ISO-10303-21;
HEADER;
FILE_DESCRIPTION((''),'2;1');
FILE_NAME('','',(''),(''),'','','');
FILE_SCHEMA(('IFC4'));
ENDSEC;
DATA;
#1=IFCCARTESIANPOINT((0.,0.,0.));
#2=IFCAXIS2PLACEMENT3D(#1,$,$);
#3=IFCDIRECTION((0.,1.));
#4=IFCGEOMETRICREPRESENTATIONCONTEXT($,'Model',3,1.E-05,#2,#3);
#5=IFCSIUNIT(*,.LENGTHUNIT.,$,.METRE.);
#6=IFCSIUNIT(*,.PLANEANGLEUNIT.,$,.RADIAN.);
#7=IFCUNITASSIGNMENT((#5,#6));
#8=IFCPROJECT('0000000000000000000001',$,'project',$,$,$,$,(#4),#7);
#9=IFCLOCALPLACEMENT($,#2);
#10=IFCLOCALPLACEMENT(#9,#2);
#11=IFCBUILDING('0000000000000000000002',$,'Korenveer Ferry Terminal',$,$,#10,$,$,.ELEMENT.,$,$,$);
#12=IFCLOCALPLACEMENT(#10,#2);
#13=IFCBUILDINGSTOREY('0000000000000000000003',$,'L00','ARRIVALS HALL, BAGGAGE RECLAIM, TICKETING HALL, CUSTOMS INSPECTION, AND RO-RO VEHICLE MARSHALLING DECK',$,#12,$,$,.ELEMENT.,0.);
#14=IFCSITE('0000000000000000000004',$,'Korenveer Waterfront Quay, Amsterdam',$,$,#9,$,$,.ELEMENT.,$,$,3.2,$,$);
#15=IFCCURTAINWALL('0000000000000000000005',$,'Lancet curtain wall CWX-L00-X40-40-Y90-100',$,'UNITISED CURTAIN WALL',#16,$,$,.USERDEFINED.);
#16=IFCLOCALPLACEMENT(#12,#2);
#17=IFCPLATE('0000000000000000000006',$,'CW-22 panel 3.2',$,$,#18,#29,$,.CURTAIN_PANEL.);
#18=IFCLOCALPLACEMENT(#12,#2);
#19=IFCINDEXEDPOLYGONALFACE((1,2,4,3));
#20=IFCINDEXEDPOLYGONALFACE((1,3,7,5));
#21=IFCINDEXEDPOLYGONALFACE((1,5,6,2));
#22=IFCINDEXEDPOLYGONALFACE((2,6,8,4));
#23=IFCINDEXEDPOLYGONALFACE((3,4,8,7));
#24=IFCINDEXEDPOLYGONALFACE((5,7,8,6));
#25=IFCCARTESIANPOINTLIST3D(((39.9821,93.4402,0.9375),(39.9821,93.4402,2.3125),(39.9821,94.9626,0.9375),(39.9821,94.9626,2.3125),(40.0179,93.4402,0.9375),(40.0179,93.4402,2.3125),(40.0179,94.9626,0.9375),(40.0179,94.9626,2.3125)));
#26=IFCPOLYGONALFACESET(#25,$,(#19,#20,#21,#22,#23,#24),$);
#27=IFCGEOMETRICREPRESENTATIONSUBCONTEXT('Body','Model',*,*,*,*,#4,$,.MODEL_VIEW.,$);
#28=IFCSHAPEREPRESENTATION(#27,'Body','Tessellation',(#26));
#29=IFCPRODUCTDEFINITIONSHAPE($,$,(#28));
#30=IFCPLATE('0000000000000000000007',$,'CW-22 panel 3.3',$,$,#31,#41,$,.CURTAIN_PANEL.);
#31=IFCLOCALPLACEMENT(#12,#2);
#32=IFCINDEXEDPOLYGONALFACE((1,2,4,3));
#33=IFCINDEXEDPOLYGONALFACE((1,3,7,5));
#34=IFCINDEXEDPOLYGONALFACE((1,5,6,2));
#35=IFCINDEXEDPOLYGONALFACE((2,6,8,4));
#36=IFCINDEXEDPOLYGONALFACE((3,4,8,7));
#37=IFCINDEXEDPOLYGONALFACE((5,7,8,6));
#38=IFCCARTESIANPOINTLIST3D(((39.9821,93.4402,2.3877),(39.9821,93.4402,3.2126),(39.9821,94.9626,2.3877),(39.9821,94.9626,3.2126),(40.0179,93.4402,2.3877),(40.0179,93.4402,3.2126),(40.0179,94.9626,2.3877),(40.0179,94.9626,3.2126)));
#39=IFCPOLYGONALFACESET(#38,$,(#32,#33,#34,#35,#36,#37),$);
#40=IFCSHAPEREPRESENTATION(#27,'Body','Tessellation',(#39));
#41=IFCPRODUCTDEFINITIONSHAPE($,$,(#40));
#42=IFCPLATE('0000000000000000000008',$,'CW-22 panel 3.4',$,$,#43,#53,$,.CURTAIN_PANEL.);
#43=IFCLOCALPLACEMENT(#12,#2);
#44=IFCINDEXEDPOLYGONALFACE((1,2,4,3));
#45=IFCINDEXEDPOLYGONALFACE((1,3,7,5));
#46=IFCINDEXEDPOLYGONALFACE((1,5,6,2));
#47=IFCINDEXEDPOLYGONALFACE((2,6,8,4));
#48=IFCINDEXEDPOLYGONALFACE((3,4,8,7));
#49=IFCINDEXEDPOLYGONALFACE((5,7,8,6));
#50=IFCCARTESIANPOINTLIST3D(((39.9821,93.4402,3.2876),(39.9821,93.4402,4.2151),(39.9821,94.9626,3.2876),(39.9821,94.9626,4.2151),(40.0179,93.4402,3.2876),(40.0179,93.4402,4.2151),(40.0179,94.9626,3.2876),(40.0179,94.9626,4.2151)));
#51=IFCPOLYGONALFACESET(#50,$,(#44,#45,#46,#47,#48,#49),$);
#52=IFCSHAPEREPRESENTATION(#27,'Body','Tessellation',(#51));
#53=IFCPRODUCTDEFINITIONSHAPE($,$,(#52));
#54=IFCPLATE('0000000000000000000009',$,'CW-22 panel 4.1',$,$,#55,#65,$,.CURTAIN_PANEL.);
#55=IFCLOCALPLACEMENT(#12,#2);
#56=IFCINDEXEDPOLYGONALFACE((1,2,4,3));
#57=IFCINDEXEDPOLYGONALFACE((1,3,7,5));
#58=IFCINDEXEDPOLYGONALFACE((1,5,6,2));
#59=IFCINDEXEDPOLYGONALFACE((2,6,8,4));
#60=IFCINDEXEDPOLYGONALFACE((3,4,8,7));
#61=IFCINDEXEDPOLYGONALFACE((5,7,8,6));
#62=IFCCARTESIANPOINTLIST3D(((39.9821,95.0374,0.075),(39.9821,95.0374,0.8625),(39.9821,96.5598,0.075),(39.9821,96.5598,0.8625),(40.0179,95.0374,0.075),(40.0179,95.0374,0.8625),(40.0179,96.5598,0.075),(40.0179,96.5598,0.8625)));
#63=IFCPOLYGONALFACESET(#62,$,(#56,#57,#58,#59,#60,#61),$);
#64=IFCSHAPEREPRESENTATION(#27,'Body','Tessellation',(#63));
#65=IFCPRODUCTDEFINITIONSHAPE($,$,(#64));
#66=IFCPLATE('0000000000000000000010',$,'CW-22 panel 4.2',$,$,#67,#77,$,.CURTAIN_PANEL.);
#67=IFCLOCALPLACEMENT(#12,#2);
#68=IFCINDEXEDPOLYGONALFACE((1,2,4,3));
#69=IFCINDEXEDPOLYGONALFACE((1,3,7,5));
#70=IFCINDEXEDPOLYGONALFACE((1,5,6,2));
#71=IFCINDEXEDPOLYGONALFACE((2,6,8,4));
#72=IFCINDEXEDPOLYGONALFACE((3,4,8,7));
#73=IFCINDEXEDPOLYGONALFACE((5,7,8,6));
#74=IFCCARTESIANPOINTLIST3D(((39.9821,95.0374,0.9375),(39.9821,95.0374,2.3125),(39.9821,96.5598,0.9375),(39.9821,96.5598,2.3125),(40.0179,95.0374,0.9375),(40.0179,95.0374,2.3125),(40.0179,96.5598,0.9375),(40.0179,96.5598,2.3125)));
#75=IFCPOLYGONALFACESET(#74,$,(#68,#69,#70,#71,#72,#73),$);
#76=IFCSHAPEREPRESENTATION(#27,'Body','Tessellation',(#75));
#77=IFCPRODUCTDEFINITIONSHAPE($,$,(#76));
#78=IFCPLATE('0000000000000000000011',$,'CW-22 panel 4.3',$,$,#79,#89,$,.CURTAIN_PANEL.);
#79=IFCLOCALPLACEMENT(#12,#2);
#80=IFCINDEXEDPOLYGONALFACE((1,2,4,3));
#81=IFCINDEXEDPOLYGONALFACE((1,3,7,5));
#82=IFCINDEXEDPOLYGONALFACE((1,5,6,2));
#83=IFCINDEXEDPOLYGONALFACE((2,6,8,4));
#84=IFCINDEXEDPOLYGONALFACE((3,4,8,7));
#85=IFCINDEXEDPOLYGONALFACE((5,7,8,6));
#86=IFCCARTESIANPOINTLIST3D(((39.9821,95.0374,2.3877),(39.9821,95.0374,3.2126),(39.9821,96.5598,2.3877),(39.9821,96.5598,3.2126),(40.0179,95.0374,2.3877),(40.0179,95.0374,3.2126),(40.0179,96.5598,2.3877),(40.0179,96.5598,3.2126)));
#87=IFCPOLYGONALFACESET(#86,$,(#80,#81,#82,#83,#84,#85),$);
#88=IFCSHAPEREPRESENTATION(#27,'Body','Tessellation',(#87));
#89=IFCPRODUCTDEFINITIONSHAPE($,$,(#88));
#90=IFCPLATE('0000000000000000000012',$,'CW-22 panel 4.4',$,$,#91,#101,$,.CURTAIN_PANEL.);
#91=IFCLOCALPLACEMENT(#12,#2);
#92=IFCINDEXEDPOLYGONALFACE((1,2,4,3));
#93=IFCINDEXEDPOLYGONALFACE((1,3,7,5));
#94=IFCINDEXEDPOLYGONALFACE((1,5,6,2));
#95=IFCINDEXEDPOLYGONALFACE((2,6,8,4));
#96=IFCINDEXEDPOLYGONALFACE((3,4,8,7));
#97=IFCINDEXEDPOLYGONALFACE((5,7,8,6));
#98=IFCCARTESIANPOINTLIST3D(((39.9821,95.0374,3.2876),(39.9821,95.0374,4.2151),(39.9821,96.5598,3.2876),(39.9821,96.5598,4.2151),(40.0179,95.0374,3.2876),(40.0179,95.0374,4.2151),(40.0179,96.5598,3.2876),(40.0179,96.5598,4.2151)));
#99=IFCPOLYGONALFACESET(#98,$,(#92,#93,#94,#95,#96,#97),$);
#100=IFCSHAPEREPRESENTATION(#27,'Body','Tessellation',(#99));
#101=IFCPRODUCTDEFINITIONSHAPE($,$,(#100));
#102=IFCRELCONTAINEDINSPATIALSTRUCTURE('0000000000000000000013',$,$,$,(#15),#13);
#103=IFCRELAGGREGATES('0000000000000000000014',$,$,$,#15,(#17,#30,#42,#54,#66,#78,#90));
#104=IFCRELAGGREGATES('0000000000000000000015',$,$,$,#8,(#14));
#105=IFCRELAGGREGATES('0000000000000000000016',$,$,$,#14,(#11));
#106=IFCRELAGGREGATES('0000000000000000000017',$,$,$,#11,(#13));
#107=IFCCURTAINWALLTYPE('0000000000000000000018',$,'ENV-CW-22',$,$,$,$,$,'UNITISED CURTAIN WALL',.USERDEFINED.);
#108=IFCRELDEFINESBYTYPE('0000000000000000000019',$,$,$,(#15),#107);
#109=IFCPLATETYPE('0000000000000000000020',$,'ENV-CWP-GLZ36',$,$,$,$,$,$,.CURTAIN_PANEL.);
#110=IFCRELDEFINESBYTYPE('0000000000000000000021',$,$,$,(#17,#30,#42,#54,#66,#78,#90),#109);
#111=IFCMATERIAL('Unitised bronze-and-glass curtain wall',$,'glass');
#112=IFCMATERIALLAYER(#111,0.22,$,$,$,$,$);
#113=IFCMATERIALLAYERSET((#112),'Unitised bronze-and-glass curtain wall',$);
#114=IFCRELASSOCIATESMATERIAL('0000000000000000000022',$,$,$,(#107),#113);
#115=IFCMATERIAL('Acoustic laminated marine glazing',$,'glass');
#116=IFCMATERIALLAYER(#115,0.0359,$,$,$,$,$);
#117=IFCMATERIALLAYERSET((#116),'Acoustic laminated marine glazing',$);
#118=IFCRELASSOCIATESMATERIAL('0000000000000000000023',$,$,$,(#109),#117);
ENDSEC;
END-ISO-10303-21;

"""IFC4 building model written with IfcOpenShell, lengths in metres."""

from ifc_helpers import new_model, si_unit, direction, frame, origin, origin_2d, place, context, subcontext, project, spatial, rectangle, extrude, material, layer, layer_set, type_object, element, aggregate, save


model = new_model("IFC4")

# Units and contexts
model_context = context("Model", 3, precision=1e-05, world=origin(), true_north=direction((0.0, 1.0)))
body_context = subcontext(model_context, "Body", "Model", "MODEL_VIEW")
ifc_project = project(units=[si_unit("LENGTHUNIT", "METRE"), si_unit("PLANEANGLEUNIT", "RADIAN")], contexts=[model_context])

# Site, building, storey
site_placement = place(None, origin())
site = spatial("IfcSite", under=ifc_project, at=site_placement, Name="Korenveer Waterfront Quay, Amsterdam", CompositionType="ELEMENT", RefElevation=3.2)
building_placement = place(site_placement, origin())
building = spatial("IfcBuilding", under=site, at=building_placement, Name="Korenveer Ferry Terminal", CompositionType="ELEMENT")
storey_placement = place(building_placement, origin())
storey = spatial("IfcBuildingStorey", under=building, at=storey_placement, Name="L00", Description="ARRIVALS HALL, BAGGAGE RECLAIM, TICKETING HALL, CUSTOMS INSPECTION, AND RO-RO VEHICLE MARSHALLING DECK", CompositionType="ELEMENT", Elevation=0.0)

# Curtain wall, plates
ifc_material_1 = material(Name="Unitised bronze-and-glass curtain wall", Category="glass")
ifc_layer_1 = layer(ifc_material_1, 0.22)
ifc_layer_set_1 = layer_set([ifc_layer_1], Name="Unitised bronze-and-glass curtain wall")
curtain_wall_type = type_object("IfcCurtainWallType", Name="ENV-CW-22", ElementType="UNITISED CURTAIN WALL", PredefinedType="USERDEFINED", material=ifc_layer_set_1)
curtain_wall_placement = place(storey_placement, frame((40.0, 90.2078, 0.0)))
curtain_wall = element("IfcCurtainWall", 1, at=curtain_wall_placement, inside=storey, type_object=curtain_wall_type, Name="Lancet curtain wall CWX-L00-X40-40-Y90-100", ObjectType="UNITISED CURTAIN WALL", PredefinedType="USERDEFINED")
ifc_material_2 = material(Name="Acoustic laminated marine glazing", Category="glass")
ifc_layer_2 = layer(ifc_material_2, 0.0359)
ifc_layer_set_2 = layer_set([ifc_layer_2], Name="Acoustic laminated marine glazing")
plate_type = type_object("IfcPlateType", Name="ENV-CWP-GLZ36", PredefinedType="CURTAIN_PANEL", material=ifc_layer_set_2)
plate_1_placement = place(storey_placement, frame((40.0, 94.2014, 0.9375), z_axis=(0.0, 0.0, 1.0), x_axis=(0.0, 1.0, 0.0)))
plate_1 = element("IfcPlate", 2, at=plate_1_placement, type_object=plate_type, Name="CW-22 panel 3.2", PredefinedType="CURTAIN_PANEL", context=body_context, shape_type="SweptSolid", body=[
    extrude(rectangle(XDim=1.5225, YDim=0.0359, at=origin_2d()), origin(), (0.0, 0.0, 1.0), 1.375),
])
plate_2_placement = place(storey_placement, frame((40.0, 94.2014, 2.3877), z_axis=(0.0, 0.0, 1.0), x_axis=(0.0, 1.0, 0.0)))
plate_2 = element("IfcPlate", 3, at=plate_2_placement, type_object=plate_type, Name="CW-22 panel 3.3", PredefinedType="CURTAIN_PANEL", context=body_context, shape_type="SweptSolid", body=[
    extrude(rectangle(XDim=1.5225, YDim=0.0359, at=origin_2d()), origin(), (0.0, 0.0, 1.0), 0.825),
])
plate_3_placement = place(storey_placement, frame((40.0, 94.2014, 3.2876), z_axis=(0.0, 0.0, 1.0), x_axis=(0.0, 1.0, 0.0)))
plate_3 = element("IfcPlate", 4, at=plate_3_placement, type_object=plate_type, Name="CW-22 panel 3.4", PredefinedType="CURTAIN_PANEL", context=body_context, shape_type="SweptSolid", body=[
    extrude(rectangle(XDim=1.5225, YDim=0.0359, at=origin_2d()), origin(), (0.0, 0.0, 1.0), 0.9275),
])
plate_4_placement = place(storey_placement, frame((40.0, 95.7986, 0.075), z_axis=(0.0, 0.0, 1.0), x_axis=(0.0, 1.0, 0.0)))
plate_4 = element("IfcPlate", 5, at=plate_4_placement, type_object=plate_type, Name="CW-22 panel 4.1", PredefinedType="CURTAIN_PANEL", context=body_context, shape_type="SweptSolid", body=[
    extrude(rectangle(XDim=1.5225, YDim=0.0359, at=origin_2d()), origin(), (0.0, 0.0, 1.0), 0.7876),
])
plate_5_placement = place(storey_placement, frame((40.0, 95.7986, 0.9375), z_axis=(0.0, 0.0, 1.0), x_axis=(0.0, 1.0, 0.0)))
plate_5 = element("IfcPlate", 6, at=plate_5_placement, type_object=plate_type, Name="CW-22 panel 4.2", PredefinedType="CURTAIN_PANEL", context=body_context, shape_type="SweptSolid", body=[
    extrude(rectangle(XDim=1.5225, YDim=0.0359, at=origin_2d()), origin(), (0.0, 0.0, 1.0), 1.375),
])
plate_6_placement = place(storey_placement, frame((40.0, 95.7986, 2.3877), z_axis=(0.0, 0.0, 1.0), x_axis=(0.0, 1.0, 0.0)))
plate_6 = element("IfcPlate", 7, at=plate_6_placement, type_object=plate_type, Name="CW-22 panel 4.3", PredefinedType="CURTAIN_PANEL", context=body_context, shape_type="SweptSolid", body=[
    extrude(rectangle(XDim=1.5225, YDim=0.0359, at=origin_2d()), origin(), (0.0, 0.0, 1.0), 0.825),
])
plate_7_placement = place(storey_placement, frame((40.0, 95.7986, 3.2876), z_axis=(0.0, 0.0, 1.0), x_axis=(0.0, 1.0, 0.0)))
plate_7 = element("IfcPlate", 8, at=plate_7_placement, type_object=plate_type, Name="CW-22 panel 4.4", PredefinedType="CURTAIN_PANEL", context=body_context, shape_type="SweptSolid", body=[
    extrude(rectangle(XDim=1.5225, YDim=0.0359, at=origin_2d()), origin(), (0.0, 0.0, 1.0), 0.9275),
])
aggregate(curtain_wall, [plate_1, plate_2, plate_3, plate_4, plate_5, plate_6, plate_7])

save(model, "model.ifc")
